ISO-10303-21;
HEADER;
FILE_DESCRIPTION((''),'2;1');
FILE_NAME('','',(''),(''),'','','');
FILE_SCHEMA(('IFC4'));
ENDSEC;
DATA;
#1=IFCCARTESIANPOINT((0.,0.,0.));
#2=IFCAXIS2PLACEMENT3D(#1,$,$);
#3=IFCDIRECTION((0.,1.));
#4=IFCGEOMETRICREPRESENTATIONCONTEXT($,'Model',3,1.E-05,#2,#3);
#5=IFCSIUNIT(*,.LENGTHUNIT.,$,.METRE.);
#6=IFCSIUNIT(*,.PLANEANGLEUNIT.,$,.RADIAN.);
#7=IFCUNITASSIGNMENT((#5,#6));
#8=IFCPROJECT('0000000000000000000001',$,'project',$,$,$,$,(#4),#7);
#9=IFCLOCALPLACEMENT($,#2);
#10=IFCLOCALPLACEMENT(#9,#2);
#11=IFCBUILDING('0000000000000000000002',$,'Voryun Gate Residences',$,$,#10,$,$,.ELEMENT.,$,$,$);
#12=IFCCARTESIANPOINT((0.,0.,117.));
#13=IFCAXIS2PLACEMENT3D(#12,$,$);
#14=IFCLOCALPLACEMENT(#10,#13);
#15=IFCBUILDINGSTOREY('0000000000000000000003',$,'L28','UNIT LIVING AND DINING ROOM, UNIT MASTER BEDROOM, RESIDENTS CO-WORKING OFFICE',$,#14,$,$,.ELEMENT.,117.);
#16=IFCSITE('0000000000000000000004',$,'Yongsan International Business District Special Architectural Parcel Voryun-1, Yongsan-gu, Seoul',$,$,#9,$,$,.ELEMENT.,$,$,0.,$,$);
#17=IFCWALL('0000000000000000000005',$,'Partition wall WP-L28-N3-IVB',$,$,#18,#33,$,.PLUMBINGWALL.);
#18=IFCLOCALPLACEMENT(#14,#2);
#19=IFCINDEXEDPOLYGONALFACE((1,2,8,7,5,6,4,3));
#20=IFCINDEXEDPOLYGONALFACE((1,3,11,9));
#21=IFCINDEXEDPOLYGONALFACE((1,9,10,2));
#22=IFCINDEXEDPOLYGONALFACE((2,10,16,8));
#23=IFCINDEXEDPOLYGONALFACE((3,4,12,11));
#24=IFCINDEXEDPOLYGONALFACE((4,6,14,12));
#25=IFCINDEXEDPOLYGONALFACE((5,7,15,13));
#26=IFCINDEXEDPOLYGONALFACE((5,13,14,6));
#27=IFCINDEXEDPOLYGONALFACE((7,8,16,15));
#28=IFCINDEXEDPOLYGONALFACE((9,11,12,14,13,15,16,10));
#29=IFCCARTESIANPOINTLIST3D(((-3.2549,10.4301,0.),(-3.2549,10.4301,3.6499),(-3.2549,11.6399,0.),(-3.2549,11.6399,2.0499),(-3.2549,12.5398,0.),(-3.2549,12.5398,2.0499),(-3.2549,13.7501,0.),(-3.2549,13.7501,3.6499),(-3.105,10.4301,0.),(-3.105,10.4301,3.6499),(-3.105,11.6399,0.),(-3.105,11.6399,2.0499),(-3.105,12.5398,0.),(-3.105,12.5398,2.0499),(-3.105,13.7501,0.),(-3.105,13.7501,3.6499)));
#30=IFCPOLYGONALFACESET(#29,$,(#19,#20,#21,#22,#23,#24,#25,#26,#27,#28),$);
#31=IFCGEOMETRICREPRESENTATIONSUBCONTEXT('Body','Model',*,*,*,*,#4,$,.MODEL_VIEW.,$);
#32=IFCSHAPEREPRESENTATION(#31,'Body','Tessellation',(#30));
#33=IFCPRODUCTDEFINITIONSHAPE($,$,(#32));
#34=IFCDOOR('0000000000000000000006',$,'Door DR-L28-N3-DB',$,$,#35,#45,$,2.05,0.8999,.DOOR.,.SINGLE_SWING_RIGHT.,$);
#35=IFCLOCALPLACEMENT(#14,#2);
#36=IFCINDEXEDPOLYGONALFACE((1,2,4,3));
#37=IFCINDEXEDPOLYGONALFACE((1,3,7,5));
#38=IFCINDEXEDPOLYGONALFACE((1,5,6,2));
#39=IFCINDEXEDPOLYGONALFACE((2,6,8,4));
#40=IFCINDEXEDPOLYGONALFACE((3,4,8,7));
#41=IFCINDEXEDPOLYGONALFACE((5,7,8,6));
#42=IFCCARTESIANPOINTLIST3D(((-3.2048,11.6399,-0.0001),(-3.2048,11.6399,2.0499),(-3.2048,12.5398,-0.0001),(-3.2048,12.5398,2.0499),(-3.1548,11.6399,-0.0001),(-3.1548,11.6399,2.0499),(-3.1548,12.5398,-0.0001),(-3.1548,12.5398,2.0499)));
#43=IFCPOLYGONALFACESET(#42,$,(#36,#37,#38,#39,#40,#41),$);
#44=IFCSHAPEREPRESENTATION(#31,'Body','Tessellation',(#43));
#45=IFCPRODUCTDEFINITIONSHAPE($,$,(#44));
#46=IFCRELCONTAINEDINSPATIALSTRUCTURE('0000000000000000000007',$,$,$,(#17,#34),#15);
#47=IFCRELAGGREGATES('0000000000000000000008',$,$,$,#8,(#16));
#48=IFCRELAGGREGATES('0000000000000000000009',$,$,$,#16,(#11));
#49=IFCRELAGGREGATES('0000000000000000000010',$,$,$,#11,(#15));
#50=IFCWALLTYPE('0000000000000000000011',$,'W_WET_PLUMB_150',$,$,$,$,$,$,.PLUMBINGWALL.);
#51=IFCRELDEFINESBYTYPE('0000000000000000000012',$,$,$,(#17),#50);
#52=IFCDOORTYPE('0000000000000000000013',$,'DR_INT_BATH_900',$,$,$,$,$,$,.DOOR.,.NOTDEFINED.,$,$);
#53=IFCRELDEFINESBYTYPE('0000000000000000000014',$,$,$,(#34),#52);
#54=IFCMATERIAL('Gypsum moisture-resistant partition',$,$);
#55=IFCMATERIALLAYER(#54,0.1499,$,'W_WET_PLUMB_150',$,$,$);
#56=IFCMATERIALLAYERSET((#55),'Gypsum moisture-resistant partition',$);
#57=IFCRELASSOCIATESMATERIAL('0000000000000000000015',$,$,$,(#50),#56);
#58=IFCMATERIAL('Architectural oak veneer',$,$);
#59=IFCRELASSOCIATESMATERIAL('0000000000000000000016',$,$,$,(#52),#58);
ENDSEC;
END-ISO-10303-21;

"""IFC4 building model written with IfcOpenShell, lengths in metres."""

from ifc_helpers import new_model, si_unit, direction, frame, frame_2d, origin, place, context, subcontext, project, spatial, rectangle, extrude, material, layer, layer_set, type_object, element, fill, save


model = new_model("IFC4")

# Units and contexts
model_context = context("Model", 3, precision=1e-05, world=origin(), true_north=direction((0.0, 1.0)))
body_context = subcontext(model_context, "Body", "Model", "MODEL_VIEW")
ifc_project = project(units=[si_unit("LENGTHUNIT", "METRE"), si_unit("PLANEANGLEUNIT", "RADIAN")], contexts=[model_context])

# Site, building, storey
site_placement = place(None, origin())
site = spatial("IfcSite", under=ifc_project, at=site_placement, Name="Yongsan International Business District Special Architectural Parcel Voryun-1, Yongsan-gu, Seoul", CompositionType="ELEMENT", RefElevation=0.0)
building_placement = place(site_placement, origin())
building = spatial("IfcBuilding", under=site, at=building_placement, Name="Voryun Gate Residences", CompositionType="ELEMENT")
storey_placement = place(building_placement, frame((0.0, 0.0, 117.0)))
storey = spatial("IfcBuildingStorey", under=building, at=storey_placement, Name="L28", Description="UNIT LIVING AND DINING ROOM, UNIT MASTER BEDROOM, RESIDENTS CO-WORKING OFFICE", CompositionType="ELEMENT", Elevation=117.0)

# Wall, opening, door
ifc_material_1 = material(Name="Gypsum moisture-resistant partition")
ifc_layer_1 = layer(ifc_material_1, 0.1499, Name="W_WET_PLUMB_150")
ifc_layer_set_1 = layer_set([ifc_layer_1], Name="Gypsum moisture-resistant partition")
wall_type_1 = type_object("IfcWallType", Name="W_WET_PLUMB_150", PredefinedType="PLUMBINGWALL", material=ifc_layer_set_1)
wall_1_placement = place(storey_placement, frame((-3.1799, 10.4299, 0.0), z_axis=(0.0, 0.0, 1.0), x_axis=(0.0, 1.0, 0.0)))
wall_1 = element("IfcWall", 1, at=wall_1_placement, inside=storey, type_object=wall_type_1, Name="Partition wall WP-L28-N3-IVB", PredefinedType="PLUMBINGWALL", context=body_context, shape_type="SweptSolid", body=[
    extrude(rectangle(XDim=3.3201, YDim=0.1499, at=frame_2d((1.6602, 0.0))), origin(), (0.0, 0.0, 1.0), 3.6499),
])
opening_1_placement = place(wall_1_placement, frame((1.21, 0.0, 0.0)))
opening_1 = element("IfcOpeningElement", 2, at=opening_1_placement, cuts=wall_1, PredefinedType="OPENING", context=body_context, shape_type="SweptSolid", body=[
    extrude(rectangle(XDim=0.8999, YDim=2.05, at=frame_2d((0.45, 1.0249))), frame((0.0, 0.085, 0.0), z_axis=(0.0, -1.0, 0.0), x_axis=(1.0, 0.0, 0.0)), (0.0, 0.0, 1.0), 0.1699),
])
ifc_material_2 = material(Name="Architectural oak veneer")
door_type_1 = type_object("IfcDoorType", Name="DR_INT_BATH_900", OperationType="NOTDEFINED", PredefinedType="DOOR", material=ifc_material_2)
door_1_placement = place(opening_1_placement, origin())
door_1 = element("IfcDoor", 3, at=door_1_placement, inside=storey, type_object=door_type_1, Name="Door DR-L28-N3-DB", OperationType="SINGLE_SWING_RIGHT", OverallHeight=2.05, OverallWidth=0.8999, PredefinedType="DOOR", context=body_context, shape_type="SweptSolid", body=[
    extrude(rectangle(XDim=0.8999, YDim=2.05, at=frame_2d((0.45, 1.0249))), frame((0.0, 0.0249, 0.0), z_axis=(0.0, -1.0, 0.0), x_axis=(1.0, 0.0, 0.0)), (0.0, 0.0, 1.0), 0.05),
])
fill(opening_1, door_1)

save(model, "model.ifc")
